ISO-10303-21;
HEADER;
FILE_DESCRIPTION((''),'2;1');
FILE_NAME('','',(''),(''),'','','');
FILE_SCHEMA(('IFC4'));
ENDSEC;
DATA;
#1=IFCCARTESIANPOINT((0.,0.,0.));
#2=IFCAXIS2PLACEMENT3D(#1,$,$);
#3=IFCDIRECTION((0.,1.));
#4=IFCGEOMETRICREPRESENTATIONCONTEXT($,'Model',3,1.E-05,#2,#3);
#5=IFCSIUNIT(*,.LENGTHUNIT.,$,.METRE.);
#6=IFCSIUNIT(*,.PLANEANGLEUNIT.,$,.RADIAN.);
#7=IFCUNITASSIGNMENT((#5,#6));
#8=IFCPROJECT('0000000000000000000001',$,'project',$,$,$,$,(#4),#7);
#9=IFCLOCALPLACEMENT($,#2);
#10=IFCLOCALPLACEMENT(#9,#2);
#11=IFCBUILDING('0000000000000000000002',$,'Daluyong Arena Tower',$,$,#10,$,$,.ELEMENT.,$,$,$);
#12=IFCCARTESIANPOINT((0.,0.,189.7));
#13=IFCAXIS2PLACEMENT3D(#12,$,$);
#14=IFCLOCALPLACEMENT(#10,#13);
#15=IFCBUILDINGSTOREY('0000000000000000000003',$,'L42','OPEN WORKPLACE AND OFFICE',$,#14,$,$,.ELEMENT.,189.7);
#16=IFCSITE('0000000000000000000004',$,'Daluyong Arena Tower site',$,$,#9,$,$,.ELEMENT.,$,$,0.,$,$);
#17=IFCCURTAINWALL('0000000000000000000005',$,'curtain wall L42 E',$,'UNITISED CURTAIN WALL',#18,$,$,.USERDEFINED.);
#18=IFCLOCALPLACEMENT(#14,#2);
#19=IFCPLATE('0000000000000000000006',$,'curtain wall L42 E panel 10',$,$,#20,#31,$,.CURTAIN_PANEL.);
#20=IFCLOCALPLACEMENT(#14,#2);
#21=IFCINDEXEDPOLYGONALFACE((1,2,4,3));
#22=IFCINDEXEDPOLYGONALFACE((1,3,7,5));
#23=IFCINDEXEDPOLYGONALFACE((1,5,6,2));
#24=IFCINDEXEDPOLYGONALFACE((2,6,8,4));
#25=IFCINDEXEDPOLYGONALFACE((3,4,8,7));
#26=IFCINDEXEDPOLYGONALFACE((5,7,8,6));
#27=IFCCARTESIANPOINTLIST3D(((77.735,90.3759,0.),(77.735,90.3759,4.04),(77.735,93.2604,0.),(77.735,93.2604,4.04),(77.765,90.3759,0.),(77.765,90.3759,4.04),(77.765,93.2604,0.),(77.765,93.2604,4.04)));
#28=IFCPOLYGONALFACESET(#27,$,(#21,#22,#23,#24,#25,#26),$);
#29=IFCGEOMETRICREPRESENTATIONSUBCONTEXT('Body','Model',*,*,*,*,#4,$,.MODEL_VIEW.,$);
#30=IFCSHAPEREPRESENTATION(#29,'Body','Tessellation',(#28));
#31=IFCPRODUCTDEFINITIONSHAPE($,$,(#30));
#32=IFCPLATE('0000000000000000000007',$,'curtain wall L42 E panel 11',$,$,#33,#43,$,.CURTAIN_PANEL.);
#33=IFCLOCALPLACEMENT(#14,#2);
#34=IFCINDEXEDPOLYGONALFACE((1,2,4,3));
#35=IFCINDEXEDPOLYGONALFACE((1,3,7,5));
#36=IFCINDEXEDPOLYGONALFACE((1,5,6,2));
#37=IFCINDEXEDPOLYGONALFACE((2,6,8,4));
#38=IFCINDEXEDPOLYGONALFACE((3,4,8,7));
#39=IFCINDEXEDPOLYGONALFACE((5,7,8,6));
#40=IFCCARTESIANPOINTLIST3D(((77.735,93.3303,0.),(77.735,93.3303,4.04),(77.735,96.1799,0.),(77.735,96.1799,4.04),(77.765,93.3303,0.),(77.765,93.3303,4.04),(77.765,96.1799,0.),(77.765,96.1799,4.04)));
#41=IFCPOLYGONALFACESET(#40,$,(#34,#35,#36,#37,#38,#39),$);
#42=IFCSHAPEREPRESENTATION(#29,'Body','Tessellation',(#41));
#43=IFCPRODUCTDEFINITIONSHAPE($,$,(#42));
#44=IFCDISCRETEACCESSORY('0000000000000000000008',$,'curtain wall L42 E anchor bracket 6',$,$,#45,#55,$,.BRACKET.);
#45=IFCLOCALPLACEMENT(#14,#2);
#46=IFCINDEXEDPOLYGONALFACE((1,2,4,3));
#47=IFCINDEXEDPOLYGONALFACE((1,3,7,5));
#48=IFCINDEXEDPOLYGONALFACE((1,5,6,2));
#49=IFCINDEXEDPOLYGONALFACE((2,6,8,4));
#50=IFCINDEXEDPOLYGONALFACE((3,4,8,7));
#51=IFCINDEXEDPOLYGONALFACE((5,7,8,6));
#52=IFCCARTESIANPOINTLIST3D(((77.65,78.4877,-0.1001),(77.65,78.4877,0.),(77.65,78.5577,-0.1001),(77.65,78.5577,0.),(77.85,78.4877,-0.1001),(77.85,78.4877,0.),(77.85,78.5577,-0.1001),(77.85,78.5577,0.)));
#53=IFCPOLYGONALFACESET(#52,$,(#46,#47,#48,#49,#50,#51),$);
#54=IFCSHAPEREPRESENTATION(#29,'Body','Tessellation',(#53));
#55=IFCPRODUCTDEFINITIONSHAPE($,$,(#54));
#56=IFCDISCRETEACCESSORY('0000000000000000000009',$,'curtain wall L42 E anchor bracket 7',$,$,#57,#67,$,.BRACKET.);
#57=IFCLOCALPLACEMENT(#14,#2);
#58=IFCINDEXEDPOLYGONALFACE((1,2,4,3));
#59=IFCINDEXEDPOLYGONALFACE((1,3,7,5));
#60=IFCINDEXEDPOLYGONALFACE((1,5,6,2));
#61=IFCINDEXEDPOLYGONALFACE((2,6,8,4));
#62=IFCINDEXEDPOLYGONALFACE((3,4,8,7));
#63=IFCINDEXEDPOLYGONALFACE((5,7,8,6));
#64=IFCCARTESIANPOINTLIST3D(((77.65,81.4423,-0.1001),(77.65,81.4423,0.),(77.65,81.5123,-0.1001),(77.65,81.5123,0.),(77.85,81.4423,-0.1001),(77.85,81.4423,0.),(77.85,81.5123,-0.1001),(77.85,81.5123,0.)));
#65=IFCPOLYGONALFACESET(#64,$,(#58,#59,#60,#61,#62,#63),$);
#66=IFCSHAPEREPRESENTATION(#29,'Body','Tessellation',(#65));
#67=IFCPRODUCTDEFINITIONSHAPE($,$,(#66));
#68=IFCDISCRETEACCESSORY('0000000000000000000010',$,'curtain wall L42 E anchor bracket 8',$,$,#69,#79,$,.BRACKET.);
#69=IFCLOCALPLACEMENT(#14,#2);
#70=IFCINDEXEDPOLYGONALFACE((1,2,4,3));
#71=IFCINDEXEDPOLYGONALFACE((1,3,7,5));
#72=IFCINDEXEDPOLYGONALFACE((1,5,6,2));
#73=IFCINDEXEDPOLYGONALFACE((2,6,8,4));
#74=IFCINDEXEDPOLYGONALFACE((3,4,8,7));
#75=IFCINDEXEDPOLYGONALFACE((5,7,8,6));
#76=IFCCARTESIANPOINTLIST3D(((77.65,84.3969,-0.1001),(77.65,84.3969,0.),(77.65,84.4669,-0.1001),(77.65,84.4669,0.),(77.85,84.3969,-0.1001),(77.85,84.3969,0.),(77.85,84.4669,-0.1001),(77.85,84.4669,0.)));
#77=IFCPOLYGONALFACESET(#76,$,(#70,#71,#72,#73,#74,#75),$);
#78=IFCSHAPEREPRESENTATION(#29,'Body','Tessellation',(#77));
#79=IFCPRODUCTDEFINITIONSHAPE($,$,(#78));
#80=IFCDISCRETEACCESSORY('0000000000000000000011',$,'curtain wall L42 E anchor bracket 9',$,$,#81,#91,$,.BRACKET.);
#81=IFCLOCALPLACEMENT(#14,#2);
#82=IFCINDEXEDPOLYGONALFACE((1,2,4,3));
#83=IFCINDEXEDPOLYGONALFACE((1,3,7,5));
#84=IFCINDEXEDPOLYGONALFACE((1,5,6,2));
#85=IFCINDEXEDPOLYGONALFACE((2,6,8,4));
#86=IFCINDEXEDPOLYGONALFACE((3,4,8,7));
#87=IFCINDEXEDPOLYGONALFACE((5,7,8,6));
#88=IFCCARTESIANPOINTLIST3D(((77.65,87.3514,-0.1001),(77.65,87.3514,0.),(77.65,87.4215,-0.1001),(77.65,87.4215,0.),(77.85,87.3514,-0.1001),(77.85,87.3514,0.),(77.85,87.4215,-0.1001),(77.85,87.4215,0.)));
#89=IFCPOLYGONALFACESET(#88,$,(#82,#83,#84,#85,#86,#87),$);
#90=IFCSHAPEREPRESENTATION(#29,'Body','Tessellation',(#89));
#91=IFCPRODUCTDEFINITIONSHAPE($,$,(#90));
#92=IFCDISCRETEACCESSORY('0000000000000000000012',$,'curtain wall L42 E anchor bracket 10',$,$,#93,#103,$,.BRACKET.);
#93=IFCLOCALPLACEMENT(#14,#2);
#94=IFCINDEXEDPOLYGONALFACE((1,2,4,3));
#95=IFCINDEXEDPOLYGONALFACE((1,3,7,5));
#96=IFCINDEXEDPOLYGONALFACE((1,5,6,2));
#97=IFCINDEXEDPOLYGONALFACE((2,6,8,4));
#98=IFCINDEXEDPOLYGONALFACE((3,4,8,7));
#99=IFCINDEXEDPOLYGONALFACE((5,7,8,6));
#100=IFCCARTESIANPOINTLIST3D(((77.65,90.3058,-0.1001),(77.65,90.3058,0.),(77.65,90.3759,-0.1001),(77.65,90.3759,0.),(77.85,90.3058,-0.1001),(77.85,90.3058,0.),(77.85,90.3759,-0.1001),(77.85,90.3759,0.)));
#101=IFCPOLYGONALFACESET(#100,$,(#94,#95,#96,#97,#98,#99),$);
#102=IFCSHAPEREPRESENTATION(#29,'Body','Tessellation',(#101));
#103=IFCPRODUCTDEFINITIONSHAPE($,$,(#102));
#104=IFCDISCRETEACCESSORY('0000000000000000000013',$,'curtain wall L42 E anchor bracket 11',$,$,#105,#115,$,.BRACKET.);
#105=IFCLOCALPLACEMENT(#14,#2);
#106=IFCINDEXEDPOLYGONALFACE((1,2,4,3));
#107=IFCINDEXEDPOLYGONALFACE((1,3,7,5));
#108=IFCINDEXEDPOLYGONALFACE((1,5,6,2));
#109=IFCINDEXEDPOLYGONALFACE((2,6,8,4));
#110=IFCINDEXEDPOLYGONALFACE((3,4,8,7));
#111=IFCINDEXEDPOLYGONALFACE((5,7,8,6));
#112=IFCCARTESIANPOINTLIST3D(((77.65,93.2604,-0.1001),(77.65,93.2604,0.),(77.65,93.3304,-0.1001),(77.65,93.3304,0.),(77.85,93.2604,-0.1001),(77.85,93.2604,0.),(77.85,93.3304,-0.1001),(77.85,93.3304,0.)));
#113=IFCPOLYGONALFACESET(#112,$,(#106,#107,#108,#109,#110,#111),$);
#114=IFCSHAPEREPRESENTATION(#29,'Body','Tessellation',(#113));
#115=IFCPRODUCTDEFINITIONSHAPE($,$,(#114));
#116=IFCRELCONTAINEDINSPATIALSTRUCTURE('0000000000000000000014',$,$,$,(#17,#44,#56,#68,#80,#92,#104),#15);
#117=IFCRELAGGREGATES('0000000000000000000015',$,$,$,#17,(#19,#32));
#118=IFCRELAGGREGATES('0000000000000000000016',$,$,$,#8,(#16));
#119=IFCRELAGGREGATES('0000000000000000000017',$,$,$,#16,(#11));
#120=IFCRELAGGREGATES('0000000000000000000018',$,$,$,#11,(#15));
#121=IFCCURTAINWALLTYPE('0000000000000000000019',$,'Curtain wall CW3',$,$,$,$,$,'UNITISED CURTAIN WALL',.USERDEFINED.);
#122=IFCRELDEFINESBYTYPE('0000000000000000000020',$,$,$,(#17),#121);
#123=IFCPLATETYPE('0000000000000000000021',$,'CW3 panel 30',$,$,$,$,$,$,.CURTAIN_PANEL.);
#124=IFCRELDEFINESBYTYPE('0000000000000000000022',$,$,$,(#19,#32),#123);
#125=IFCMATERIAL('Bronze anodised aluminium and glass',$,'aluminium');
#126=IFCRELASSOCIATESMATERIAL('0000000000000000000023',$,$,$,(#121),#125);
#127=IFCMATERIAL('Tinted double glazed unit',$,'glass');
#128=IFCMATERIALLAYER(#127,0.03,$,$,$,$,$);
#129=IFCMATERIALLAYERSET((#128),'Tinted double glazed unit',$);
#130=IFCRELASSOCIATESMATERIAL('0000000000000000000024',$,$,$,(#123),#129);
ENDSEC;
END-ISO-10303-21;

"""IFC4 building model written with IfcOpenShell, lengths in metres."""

from ifc_helpers import new_model, si_unit, direction, frame, origin, origin_2d, place, context, subcontext, project, spatial, rectangle, extrude, material, layer, layer_set, type_object, element, aggregate, save


model = new_model("IFC4")

# Units and contexts
model_context = context("Model", 3, precision=1e-05, world=origin(), true_north=direction((0.0, 1.0)))
body_context = subcontext(model_context, "Body", "Model", "MODEL_VIEW")
ifc_project = project(units=[si_unit("LENGTHUNIT", "METRE"), si_unit("PLANEANGLEUNIT", "RADIAN")], contexts=[model_context])

# Site, building, storey
site_placement = place(None, origin())
site = spatial("IfcSite", under=ifc_project, at=site_placement, Name="Daluyong Arena Tower site", CompositionType="ELEMENT", RefElevation=0.0)
building_placement = place(site_placement, origin())
building = spatial("IfcBuilding", under=site, at=building_placement, Name="Daluyong Arena Tower", CompositionType="ELEMENT")
storey_placement = place(building_placement, frame((0.0, 0.0, 189.7)))
storey = spatial("IfcBuildingStorey", under=building, at=storey_placement, Name="L42", Description="OPEN WORKPLACE AND OFFICE", CompositionType="ELEMENT", Elevation=189.7)

# Curtain wall
ifc_material_1 = material(Name="Bronze anodised aluminium and glass", Category="aluminium")
curtain_wall_type = type_object("IfcCurtainWallType", Name="Curtain wall CW3", ElementType="UNITISED CURTAIN WALL", PredefinedType="USERDEFINED", material=ifc_material_1)
curtain_wall_placement = place(storey_placement, origin())
curtain_wall = element("IfcCurtainWall", 1, at=curtain_wall_placement, inside=storey, type_object=curtain_wall_type, Name="curtain wall L42 E", ObjectType="UNITISED CURTAIN WALL", PredefinedType="USERDEFINED")

# Plates
ifc_material_2 = material(Name="Tinted double glazed unit", Category="glass")
ifc_layer = layer(ifc_material_2, 0.03)
ifc_layer_set = layer_set([ifc_layer], Name="Tinted double glazed unit")
plate_type = type_object("IfcPlateType", Name="CW3 panel 30", PredefinedType="CURTAIN_PANEL", material=ifc_layer_set)
plate_1_placement = place(storey_placement, frame((77.75, 91.8181, 0.0), z_axis=(0.0, 0.0, 1.0), x_axis=(0.0, 1.0, 0.0)))
plate_1 = element("IfcPlate", 2, at=plate_1_placement, type_object=plate_type, Name="curtain wall L42 E panel 10", PredefinedType="CURTAIN_PANEL", context=body_context, shape_type="SweptSolid", body=[
    extrude(rectangle(XDim=2.8845, YDim=0.03, at=origin_2d()), origin(), (0.0, 0.0, 1.0), 4.04),
])
plate_2_placement = place(storey_placement, frame((77.75, 94.7551, 0.0), z_axis=(0.0, 0.0, 1.0), x_axis=(0.0, 1.0, 0.0)))
plate_2 = element("IfcPlate", 3, at=plate_2_placement, type_object=plate_type, Name="curtain wall L42 E panel 11", PredefinedType="CURTAIN_PANEL", context=body_context, shape_type="SweptSolid", body=[
    extrude(rectangle(XDim=2.8496, YDim=0.03, at=origin_2d()), origin(), (0.0, 0.0, 1.0), 4.04),
])
aggregate(curtain_wall, [plate_1, plate_2])

# Discrete accessories
for number, where, z_axis, x_axis, name in (
    (4, (77.75, 78.5227, -0.1001), (0.0, 0.0, 1.0), (0.0, 1.0, 0.0), "curtain wall L42 E anchor bracket 6"),
    (5, (77.75, 81.4773, -0.1001), (0.0, 0.0, 1.0), (0.0, 1.0, 0.0), "curtain wall L42 E anchor bracket 7"),
    (6, (77.75, 84.4319, -0.1001), (0.0, 0.0, 1.0), (0.0, 1.0, 0.0), "curtain wall L42 E anchor bracket 8"),
    (7, (77.75, 87.3865, -0.1001), (0.0, 0.0, 1.0), (0.0, 1.0, 0.0), "curtain wall L42 E anchor bracket 9"),
    (8, (77.75, 90.3408, -0.1001), (0.0, 0.0, 1.0), (0.0, 1.0, 0.0), "curtain wall L42 E anchor bracket 10"),
    (9, (77.75, 93.2954, -0.1001), (0.0, 0.0, 1.0), (0.0, 1.0, 0.0), "curtain wall L42 E anchor bracket 11"),
):
    element("IfcDiscreteAccessory", number, at=place(storey_placement, frame(where, z_axis=z_axis, x_axis=x_axis)), inside=storey, Name=name, PredefinedType="BRACKET", context=body_context, shape_type="SweptSolid", body=[
        extrude(rectangle(XDim=0.0701, YDim=0.2, at=origin_2d()), origin(), (0.0, 0.0, 1.0), 0.1001),
    ])

save(model, "model.ifc")
